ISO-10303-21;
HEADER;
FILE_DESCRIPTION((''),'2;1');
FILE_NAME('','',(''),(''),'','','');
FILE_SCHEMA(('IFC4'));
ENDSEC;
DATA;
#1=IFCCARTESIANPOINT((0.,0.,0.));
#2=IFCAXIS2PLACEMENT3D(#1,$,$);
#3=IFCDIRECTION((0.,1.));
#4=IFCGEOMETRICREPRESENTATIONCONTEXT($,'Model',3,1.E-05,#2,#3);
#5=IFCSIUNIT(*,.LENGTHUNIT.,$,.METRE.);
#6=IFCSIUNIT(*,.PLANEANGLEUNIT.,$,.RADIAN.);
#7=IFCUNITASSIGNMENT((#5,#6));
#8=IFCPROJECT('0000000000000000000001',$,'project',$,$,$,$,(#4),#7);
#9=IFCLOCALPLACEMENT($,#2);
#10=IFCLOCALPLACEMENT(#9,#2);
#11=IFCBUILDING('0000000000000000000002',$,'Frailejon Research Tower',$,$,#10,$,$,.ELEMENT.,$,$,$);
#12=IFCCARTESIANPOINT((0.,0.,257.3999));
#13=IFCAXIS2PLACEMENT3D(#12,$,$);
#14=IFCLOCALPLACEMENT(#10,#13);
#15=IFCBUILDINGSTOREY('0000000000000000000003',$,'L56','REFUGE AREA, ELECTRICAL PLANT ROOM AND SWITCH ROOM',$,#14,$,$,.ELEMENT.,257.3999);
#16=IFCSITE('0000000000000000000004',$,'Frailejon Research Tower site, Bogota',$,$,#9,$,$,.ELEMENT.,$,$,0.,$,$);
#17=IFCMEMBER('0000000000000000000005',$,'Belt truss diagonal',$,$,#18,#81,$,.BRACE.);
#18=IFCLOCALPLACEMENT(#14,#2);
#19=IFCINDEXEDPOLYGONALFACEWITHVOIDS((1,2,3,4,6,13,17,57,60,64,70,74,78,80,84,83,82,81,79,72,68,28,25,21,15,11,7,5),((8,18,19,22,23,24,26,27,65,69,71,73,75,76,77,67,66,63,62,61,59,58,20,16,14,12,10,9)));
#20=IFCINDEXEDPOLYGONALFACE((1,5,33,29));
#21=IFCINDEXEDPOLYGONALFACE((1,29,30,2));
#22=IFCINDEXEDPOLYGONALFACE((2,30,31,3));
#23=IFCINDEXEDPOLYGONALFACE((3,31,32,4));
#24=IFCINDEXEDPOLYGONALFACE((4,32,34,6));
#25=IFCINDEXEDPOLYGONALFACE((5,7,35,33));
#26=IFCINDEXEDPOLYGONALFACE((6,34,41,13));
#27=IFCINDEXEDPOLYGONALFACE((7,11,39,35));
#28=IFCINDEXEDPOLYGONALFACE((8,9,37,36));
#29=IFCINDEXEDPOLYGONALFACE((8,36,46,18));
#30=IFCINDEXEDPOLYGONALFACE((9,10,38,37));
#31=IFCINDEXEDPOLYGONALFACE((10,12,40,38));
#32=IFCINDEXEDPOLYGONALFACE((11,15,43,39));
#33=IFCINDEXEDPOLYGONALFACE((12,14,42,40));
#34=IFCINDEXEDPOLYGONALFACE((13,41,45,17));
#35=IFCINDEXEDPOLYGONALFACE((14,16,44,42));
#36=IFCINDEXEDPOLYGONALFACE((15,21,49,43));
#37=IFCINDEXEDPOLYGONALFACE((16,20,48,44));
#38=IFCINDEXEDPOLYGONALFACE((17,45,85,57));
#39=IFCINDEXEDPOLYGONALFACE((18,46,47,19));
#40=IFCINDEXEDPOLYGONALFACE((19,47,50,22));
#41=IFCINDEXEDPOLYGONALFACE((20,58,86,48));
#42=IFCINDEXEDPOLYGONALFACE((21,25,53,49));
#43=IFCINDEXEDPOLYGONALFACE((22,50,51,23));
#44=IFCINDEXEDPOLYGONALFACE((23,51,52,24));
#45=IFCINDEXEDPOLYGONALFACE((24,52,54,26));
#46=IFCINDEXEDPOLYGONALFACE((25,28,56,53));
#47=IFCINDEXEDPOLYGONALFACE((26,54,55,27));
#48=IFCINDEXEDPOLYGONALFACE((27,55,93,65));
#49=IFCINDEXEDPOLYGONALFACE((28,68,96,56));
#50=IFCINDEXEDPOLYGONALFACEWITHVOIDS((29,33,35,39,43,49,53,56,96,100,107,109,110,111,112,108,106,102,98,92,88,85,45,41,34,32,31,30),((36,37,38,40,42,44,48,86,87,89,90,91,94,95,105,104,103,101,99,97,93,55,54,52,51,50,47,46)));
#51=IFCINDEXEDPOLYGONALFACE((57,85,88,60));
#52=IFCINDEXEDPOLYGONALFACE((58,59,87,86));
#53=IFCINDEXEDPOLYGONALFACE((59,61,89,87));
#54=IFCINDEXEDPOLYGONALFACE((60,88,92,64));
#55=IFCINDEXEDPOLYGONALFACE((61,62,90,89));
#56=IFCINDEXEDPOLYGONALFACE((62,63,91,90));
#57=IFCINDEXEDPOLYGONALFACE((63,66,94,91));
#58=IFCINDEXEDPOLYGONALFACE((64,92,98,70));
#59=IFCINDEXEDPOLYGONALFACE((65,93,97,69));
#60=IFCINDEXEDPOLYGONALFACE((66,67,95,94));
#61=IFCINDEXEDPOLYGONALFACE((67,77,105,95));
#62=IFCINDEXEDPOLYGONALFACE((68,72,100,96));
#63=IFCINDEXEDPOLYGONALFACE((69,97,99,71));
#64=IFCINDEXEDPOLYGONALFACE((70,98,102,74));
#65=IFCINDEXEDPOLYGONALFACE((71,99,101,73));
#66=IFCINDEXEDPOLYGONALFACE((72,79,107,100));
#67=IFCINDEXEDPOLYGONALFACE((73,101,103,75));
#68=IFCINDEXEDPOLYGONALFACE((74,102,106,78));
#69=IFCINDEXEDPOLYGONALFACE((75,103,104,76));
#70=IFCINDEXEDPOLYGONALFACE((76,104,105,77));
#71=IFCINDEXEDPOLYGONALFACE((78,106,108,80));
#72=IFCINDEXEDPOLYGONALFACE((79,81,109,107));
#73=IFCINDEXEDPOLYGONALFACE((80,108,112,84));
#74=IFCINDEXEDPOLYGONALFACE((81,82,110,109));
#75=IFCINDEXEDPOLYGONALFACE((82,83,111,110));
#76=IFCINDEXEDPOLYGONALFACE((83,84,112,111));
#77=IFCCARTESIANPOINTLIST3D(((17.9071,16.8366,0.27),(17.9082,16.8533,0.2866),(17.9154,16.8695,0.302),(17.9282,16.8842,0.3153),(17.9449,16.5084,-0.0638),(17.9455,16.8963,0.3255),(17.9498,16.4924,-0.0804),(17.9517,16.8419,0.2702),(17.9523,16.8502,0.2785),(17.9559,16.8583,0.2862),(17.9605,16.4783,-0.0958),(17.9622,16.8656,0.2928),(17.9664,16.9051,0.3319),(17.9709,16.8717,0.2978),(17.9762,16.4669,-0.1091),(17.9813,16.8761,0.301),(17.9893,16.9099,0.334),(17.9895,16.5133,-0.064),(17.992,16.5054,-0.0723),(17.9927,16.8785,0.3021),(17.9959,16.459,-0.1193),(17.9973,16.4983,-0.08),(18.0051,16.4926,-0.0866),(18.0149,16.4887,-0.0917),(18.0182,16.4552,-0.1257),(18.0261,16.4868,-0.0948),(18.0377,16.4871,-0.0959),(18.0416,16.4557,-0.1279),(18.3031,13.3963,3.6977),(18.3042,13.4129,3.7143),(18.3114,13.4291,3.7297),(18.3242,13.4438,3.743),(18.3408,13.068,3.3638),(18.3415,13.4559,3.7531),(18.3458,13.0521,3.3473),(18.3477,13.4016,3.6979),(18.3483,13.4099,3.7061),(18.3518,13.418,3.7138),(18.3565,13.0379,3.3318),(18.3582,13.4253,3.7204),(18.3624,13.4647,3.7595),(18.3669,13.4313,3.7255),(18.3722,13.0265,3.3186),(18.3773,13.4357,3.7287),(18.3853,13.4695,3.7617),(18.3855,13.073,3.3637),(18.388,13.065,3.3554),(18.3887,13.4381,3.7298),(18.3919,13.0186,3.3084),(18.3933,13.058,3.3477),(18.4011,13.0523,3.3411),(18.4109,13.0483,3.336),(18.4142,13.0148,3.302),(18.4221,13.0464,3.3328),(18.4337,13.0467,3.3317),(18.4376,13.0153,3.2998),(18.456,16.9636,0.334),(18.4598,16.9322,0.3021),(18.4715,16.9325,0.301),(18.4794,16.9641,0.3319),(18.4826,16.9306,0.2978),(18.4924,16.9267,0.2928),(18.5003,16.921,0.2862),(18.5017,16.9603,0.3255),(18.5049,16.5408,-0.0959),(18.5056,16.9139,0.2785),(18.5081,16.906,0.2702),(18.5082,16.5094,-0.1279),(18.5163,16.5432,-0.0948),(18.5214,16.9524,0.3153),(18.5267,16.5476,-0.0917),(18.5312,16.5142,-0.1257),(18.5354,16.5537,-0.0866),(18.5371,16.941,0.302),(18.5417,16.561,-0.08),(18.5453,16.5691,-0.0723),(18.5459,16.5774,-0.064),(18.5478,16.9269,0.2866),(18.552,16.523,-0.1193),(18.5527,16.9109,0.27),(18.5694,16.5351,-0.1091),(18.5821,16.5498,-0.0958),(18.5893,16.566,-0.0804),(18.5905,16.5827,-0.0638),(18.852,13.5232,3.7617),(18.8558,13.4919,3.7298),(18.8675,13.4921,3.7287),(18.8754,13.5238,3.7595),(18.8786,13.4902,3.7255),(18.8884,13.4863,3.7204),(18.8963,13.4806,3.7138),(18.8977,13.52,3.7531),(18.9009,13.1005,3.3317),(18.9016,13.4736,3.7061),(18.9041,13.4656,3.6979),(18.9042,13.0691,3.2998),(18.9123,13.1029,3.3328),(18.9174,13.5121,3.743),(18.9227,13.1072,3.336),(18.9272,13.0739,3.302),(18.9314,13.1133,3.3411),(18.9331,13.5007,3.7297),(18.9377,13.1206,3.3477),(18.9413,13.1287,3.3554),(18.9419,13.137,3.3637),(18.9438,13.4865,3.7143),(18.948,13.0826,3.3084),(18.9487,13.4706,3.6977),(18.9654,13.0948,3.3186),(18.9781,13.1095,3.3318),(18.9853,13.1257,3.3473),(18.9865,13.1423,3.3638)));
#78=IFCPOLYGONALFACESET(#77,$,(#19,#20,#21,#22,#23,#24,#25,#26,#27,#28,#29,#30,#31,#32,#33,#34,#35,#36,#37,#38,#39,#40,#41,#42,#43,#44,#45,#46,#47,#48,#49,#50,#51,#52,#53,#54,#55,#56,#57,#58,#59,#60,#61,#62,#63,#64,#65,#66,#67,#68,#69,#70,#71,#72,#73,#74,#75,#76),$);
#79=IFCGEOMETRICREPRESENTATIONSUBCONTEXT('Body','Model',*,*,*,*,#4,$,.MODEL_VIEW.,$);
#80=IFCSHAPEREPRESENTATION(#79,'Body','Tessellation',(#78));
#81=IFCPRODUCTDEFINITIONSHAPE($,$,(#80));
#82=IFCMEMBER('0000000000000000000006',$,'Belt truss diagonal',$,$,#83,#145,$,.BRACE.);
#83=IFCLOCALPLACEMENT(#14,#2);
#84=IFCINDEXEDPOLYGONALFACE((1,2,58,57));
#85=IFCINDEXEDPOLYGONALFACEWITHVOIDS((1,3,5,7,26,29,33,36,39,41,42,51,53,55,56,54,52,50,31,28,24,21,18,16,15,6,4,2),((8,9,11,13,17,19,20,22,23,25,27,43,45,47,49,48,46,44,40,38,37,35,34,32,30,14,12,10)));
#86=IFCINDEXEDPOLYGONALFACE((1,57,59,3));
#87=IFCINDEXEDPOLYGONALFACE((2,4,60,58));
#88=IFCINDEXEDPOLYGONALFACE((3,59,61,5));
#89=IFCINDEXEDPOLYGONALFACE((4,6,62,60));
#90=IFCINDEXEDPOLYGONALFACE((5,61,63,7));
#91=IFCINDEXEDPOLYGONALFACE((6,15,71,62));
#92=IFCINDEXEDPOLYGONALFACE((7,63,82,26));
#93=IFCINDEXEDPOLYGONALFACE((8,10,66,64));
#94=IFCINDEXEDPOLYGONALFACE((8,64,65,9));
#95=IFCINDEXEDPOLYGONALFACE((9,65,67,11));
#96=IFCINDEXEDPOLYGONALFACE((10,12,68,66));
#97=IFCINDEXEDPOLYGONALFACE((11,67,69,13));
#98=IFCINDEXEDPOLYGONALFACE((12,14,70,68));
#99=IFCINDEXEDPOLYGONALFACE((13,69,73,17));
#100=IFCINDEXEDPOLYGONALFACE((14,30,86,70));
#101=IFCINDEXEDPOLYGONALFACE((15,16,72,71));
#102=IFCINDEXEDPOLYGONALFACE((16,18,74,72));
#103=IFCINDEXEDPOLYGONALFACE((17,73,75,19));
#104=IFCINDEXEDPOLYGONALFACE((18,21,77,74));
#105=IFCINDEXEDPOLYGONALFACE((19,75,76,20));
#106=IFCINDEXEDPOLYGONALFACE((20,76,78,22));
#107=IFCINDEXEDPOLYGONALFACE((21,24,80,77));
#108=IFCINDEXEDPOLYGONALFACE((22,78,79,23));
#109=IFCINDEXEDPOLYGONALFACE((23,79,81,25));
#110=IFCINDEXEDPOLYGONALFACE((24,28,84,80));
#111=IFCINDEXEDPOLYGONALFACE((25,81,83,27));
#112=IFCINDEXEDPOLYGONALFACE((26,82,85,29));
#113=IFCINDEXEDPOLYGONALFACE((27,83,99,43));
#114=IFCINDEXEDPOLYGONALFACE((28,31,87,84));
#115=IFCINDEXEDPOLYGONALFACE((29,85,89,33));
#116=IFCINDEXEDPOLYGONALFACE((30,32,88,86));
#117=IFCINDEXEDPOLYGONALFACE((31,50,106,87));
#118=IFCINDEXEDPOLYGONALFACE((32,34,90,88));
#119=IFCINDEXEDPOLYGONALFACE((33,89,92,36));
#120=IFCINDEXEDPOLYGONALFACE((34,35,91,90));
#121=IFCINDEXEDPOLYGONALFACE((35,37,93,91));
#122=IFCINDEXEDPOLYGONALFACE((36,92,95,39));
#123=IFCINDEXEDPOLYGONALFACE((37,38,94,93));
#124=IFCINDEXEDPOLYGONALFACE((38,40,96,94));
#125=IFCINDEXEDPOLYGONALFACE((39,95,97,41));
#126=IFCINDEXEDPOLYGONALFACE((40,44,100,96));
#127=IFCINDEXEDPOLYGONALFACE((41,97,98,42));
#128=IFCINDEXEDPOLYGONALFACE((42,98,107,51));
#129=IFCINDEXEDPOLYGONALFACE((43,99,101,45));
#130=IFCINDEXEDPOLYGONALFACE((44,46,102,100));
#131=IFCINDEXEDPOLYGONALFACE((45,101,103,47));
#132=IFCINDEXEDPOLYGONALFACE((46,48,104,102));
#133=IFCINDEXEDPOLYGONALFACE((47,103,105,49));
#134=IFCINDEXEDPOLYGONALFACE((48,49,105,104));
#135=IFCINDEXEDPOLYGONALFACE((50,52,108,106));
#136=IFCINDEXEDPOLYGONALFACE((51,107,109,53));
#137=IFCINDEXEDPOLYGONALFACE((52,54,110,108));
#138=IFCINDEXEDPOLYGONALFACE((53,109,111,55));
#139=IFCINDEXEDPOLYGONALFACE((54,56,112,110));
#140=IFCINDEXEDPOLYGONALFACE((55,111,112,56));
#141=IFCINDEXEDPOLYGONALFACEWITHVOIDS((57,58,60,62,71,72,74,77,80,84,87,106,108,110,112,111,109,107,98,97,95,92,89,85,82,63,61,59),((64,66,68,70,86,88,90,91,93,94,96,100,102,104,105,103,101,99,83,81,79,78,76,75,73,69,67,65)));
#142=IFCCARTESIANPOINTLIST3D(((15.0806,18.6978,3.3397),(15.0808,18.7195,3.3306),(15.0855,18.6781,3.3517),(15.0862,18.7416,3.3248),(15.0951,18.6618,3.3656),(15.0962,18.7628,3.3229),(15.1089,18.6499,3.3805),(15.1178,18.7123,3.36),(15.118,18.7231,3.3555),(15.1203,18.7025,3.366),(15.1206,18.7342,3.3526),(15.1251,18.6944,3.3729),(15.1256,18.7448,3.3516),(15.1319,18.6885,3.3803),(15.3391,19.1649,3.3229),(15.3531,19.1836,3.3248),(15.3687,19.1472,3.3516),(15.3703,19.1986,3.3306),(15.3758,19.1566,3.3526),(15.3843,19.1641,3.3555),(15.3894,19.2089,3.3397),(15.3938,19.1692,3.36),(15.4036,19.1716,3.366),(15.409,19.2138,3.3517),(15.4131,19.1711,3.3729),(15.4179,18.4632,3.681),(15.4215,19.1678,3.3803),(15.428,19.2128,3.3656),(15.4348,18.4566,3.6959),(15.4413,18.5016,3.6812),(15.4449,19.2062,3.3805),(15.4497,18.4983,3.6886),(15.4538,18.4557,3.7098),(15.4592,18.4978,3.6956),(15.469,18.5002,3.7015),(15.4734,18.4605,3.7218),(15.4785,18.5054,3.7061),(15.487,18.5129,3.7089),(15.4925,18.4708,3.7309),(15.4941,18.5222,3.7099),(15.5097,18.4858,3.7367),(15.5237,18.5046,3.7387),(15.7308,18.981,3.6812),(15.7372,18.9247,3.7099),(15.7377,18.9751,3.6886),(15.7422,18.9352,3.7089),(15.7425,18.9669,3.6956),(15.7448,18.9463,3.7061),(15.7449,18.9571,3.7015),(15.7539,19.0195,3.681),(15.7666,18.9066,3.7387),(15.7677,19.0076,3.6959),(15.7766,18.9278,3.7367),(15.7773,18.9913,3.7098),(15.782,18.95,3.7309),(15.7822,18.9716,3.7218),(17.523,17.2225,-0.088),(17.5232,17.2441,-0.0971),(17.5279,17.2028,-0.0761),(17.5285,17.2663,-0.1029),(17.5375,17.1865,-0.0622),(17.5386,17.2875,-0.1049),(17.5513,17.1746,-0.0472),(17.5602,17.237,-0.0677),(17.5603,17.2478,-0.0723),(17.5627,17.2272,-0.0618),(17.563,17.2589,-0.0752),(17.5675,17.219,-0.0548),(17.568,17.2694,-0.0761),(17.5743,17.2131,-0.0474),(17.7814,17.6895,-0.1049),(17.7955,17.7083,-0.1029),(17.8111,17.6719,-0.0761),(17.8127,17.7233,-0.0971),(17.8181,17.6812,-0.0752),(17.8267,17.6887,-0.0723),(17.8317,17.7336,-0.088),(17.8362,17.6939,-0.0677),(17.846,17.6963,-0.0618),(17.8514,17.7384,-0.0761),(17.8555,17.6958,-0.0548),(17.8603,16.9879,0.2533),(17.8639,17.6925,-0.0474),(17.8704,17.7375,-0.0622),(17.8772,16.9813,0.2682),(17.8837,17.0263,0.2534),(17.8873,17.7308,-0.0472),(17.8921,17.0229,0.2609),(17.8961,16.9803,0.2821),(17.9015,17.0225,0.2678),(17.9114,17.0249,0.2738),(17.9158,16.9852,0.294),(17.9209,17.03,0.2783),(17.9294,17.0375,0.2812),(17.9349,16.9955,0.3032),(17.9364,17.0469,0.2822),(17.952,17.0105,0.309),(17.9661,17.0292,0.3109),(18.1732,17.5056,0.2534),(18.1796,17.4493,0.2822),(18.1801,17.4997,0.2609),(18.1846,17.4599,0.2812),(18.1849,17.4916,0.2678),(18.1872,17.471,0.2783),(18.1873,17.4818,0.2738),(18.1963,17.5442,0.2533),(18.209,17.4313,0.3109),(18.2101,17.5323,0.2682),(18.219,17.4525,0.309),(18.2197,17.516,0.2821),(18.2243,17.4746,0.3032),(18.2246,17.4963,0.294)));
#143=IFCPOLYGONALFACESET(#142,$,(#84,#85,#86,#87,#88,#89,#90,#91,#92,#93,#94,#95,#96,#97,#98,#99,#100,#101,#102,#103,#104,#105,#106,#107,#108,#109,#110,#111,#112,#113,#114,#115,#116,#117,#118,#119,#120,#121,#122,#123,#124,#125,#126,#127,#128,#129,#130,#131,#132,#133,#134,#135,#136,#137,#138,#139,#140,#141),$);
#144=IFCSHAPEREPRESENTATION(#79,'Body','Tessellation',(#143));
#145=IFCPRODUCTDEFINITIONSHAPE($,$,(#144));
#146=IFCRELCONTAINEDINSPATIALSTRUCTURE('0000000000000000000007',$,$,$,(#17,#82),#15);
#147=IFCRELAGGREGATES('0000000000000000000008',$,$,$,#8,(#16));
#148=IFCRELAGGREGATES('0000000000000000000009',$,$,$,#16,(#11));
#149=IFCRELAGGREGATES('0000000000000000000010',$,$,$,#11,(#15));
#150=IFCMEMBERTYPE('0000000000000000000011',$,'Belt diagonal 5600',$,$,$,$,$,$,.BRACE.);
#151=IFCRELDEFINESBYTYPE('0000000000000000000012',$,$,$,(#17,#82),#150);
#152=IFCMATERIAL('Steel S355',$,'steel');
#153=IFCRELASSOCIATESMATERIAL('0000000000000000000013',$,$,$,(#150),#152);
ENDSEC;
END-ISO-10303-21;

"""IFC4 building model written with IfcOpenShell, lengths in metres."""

from ifc_helpers import new_model, si_unit, direction, frame, origin, origin_2d, place, context, subcontext, project, spatial, hollow_rectangle, extrude, material, material_profile, profile_set, type_object, element, save


model = new_model("IFC4")

# Units and contexts
model_context = context("Model", 3, precision=1e-05, world=origin(), true_north=direction((0.0, 1.0)))
body_context = subcontext(model_context, "Body", "Model", "MODEL_VIEW")
ifc_project = project(units=[si_unit("LENGTHUNIT", "METRE"), si_unit("PLANEANGLEUNIT", "RADIAN")], contexts=[model_context])

# Site, building, storey
site_placement = place(None, origin())
site = spatial("IfcSite", under=ifc_project, at=site_placement, Name="Frailejon Research Tower site, Bogota", CompositionType="ELEMENT", RefElevation=0.0)
building_placement = place(site_placement, origin())
building = spatial("IfcBuilding", under=site, at=building_placement, Name="Frailejon Research Tower", CompositionType="ELEMENT")
storey_placement = place(building_placement, frame((0.0, 0.0, 257.3999)))
storey = spatial("IfcBuildingStorey", under=building, at=storey_placement, Name="L56", Description="REFUGE AREA, ELECTRICAL PLANT ROOM AND SWITCH ROOM", CompositionType="ELEMENT", Elevation=257.3999)

# Members
ifc_material_1 = material(Name="Steel S355", Category="steel")
ifc_material_profile_1 = material_profile(ifc_material_1, hollow_rectangle(XDim=0.6499, YDim=0.6499, WallThickness=0.0449, InnerFilletRadius=0.0449, OuterFilletRadius=0.0901, at=origin_2d()), Name="Belt diagonal 5600")
ifc_profile_set_1 = profile_set([ifc_material_profile_1], Name="Steel S355")
member_type = type_object("IfcMemberType", Name="Belt diagonal 5600", PredefinedType="BRACE", material=ifc_profile_set_1)
member_1_placement = place(storey_placement, frame((18.6448, 13.2693, 3.5308), z_axis=(-0.081269, 0.706069, -0.703464), x_axis=(-0.993441, -0.114346, 0.0)))
element("IfcMember", 1, at=member_1_placement, inside=storey, type_object=member_type, Name="Belt truss diagonal", PredefinedType="BRACE", context=body_context, shape_type="SweptSolid", body=[
    extrude(hollow_rectangle(XDim=0.6499, YDim=0.6499, WallThickness=0.0449, InnerFilletRadius=0.0449, OuterFilletRadius=0.0901, at=origin_2d()), origin(), (0.0, 0.0, 1.0), 4.8726),
])
member_2_placement = place(storey_placement, frame((17.8738, 17.3594, 0.103), z_axis=(-0.547625, 0.330797, 0.768557), x_axis=(-0.517048, -0.855957, 0.0)))
element("IfcMember", 2, at=member_2_placement, inside=storey, type_object=member_type, Name="Belt truss diagonal", PredefinedType="BRACE", context=body_context, shape_type="SweptSolid", body=[
    extrude(hollow_rectangle(XDim=0.6499, YDim=0.6499, WallThickness=0.0449, InnerFilletRadius=0.0449, OuterFilletRadius=0.0901, at=origin_2d()), origin(), (0.0, 0.0, 1.0), 4.46),
])

save(model, "model.ifc")
